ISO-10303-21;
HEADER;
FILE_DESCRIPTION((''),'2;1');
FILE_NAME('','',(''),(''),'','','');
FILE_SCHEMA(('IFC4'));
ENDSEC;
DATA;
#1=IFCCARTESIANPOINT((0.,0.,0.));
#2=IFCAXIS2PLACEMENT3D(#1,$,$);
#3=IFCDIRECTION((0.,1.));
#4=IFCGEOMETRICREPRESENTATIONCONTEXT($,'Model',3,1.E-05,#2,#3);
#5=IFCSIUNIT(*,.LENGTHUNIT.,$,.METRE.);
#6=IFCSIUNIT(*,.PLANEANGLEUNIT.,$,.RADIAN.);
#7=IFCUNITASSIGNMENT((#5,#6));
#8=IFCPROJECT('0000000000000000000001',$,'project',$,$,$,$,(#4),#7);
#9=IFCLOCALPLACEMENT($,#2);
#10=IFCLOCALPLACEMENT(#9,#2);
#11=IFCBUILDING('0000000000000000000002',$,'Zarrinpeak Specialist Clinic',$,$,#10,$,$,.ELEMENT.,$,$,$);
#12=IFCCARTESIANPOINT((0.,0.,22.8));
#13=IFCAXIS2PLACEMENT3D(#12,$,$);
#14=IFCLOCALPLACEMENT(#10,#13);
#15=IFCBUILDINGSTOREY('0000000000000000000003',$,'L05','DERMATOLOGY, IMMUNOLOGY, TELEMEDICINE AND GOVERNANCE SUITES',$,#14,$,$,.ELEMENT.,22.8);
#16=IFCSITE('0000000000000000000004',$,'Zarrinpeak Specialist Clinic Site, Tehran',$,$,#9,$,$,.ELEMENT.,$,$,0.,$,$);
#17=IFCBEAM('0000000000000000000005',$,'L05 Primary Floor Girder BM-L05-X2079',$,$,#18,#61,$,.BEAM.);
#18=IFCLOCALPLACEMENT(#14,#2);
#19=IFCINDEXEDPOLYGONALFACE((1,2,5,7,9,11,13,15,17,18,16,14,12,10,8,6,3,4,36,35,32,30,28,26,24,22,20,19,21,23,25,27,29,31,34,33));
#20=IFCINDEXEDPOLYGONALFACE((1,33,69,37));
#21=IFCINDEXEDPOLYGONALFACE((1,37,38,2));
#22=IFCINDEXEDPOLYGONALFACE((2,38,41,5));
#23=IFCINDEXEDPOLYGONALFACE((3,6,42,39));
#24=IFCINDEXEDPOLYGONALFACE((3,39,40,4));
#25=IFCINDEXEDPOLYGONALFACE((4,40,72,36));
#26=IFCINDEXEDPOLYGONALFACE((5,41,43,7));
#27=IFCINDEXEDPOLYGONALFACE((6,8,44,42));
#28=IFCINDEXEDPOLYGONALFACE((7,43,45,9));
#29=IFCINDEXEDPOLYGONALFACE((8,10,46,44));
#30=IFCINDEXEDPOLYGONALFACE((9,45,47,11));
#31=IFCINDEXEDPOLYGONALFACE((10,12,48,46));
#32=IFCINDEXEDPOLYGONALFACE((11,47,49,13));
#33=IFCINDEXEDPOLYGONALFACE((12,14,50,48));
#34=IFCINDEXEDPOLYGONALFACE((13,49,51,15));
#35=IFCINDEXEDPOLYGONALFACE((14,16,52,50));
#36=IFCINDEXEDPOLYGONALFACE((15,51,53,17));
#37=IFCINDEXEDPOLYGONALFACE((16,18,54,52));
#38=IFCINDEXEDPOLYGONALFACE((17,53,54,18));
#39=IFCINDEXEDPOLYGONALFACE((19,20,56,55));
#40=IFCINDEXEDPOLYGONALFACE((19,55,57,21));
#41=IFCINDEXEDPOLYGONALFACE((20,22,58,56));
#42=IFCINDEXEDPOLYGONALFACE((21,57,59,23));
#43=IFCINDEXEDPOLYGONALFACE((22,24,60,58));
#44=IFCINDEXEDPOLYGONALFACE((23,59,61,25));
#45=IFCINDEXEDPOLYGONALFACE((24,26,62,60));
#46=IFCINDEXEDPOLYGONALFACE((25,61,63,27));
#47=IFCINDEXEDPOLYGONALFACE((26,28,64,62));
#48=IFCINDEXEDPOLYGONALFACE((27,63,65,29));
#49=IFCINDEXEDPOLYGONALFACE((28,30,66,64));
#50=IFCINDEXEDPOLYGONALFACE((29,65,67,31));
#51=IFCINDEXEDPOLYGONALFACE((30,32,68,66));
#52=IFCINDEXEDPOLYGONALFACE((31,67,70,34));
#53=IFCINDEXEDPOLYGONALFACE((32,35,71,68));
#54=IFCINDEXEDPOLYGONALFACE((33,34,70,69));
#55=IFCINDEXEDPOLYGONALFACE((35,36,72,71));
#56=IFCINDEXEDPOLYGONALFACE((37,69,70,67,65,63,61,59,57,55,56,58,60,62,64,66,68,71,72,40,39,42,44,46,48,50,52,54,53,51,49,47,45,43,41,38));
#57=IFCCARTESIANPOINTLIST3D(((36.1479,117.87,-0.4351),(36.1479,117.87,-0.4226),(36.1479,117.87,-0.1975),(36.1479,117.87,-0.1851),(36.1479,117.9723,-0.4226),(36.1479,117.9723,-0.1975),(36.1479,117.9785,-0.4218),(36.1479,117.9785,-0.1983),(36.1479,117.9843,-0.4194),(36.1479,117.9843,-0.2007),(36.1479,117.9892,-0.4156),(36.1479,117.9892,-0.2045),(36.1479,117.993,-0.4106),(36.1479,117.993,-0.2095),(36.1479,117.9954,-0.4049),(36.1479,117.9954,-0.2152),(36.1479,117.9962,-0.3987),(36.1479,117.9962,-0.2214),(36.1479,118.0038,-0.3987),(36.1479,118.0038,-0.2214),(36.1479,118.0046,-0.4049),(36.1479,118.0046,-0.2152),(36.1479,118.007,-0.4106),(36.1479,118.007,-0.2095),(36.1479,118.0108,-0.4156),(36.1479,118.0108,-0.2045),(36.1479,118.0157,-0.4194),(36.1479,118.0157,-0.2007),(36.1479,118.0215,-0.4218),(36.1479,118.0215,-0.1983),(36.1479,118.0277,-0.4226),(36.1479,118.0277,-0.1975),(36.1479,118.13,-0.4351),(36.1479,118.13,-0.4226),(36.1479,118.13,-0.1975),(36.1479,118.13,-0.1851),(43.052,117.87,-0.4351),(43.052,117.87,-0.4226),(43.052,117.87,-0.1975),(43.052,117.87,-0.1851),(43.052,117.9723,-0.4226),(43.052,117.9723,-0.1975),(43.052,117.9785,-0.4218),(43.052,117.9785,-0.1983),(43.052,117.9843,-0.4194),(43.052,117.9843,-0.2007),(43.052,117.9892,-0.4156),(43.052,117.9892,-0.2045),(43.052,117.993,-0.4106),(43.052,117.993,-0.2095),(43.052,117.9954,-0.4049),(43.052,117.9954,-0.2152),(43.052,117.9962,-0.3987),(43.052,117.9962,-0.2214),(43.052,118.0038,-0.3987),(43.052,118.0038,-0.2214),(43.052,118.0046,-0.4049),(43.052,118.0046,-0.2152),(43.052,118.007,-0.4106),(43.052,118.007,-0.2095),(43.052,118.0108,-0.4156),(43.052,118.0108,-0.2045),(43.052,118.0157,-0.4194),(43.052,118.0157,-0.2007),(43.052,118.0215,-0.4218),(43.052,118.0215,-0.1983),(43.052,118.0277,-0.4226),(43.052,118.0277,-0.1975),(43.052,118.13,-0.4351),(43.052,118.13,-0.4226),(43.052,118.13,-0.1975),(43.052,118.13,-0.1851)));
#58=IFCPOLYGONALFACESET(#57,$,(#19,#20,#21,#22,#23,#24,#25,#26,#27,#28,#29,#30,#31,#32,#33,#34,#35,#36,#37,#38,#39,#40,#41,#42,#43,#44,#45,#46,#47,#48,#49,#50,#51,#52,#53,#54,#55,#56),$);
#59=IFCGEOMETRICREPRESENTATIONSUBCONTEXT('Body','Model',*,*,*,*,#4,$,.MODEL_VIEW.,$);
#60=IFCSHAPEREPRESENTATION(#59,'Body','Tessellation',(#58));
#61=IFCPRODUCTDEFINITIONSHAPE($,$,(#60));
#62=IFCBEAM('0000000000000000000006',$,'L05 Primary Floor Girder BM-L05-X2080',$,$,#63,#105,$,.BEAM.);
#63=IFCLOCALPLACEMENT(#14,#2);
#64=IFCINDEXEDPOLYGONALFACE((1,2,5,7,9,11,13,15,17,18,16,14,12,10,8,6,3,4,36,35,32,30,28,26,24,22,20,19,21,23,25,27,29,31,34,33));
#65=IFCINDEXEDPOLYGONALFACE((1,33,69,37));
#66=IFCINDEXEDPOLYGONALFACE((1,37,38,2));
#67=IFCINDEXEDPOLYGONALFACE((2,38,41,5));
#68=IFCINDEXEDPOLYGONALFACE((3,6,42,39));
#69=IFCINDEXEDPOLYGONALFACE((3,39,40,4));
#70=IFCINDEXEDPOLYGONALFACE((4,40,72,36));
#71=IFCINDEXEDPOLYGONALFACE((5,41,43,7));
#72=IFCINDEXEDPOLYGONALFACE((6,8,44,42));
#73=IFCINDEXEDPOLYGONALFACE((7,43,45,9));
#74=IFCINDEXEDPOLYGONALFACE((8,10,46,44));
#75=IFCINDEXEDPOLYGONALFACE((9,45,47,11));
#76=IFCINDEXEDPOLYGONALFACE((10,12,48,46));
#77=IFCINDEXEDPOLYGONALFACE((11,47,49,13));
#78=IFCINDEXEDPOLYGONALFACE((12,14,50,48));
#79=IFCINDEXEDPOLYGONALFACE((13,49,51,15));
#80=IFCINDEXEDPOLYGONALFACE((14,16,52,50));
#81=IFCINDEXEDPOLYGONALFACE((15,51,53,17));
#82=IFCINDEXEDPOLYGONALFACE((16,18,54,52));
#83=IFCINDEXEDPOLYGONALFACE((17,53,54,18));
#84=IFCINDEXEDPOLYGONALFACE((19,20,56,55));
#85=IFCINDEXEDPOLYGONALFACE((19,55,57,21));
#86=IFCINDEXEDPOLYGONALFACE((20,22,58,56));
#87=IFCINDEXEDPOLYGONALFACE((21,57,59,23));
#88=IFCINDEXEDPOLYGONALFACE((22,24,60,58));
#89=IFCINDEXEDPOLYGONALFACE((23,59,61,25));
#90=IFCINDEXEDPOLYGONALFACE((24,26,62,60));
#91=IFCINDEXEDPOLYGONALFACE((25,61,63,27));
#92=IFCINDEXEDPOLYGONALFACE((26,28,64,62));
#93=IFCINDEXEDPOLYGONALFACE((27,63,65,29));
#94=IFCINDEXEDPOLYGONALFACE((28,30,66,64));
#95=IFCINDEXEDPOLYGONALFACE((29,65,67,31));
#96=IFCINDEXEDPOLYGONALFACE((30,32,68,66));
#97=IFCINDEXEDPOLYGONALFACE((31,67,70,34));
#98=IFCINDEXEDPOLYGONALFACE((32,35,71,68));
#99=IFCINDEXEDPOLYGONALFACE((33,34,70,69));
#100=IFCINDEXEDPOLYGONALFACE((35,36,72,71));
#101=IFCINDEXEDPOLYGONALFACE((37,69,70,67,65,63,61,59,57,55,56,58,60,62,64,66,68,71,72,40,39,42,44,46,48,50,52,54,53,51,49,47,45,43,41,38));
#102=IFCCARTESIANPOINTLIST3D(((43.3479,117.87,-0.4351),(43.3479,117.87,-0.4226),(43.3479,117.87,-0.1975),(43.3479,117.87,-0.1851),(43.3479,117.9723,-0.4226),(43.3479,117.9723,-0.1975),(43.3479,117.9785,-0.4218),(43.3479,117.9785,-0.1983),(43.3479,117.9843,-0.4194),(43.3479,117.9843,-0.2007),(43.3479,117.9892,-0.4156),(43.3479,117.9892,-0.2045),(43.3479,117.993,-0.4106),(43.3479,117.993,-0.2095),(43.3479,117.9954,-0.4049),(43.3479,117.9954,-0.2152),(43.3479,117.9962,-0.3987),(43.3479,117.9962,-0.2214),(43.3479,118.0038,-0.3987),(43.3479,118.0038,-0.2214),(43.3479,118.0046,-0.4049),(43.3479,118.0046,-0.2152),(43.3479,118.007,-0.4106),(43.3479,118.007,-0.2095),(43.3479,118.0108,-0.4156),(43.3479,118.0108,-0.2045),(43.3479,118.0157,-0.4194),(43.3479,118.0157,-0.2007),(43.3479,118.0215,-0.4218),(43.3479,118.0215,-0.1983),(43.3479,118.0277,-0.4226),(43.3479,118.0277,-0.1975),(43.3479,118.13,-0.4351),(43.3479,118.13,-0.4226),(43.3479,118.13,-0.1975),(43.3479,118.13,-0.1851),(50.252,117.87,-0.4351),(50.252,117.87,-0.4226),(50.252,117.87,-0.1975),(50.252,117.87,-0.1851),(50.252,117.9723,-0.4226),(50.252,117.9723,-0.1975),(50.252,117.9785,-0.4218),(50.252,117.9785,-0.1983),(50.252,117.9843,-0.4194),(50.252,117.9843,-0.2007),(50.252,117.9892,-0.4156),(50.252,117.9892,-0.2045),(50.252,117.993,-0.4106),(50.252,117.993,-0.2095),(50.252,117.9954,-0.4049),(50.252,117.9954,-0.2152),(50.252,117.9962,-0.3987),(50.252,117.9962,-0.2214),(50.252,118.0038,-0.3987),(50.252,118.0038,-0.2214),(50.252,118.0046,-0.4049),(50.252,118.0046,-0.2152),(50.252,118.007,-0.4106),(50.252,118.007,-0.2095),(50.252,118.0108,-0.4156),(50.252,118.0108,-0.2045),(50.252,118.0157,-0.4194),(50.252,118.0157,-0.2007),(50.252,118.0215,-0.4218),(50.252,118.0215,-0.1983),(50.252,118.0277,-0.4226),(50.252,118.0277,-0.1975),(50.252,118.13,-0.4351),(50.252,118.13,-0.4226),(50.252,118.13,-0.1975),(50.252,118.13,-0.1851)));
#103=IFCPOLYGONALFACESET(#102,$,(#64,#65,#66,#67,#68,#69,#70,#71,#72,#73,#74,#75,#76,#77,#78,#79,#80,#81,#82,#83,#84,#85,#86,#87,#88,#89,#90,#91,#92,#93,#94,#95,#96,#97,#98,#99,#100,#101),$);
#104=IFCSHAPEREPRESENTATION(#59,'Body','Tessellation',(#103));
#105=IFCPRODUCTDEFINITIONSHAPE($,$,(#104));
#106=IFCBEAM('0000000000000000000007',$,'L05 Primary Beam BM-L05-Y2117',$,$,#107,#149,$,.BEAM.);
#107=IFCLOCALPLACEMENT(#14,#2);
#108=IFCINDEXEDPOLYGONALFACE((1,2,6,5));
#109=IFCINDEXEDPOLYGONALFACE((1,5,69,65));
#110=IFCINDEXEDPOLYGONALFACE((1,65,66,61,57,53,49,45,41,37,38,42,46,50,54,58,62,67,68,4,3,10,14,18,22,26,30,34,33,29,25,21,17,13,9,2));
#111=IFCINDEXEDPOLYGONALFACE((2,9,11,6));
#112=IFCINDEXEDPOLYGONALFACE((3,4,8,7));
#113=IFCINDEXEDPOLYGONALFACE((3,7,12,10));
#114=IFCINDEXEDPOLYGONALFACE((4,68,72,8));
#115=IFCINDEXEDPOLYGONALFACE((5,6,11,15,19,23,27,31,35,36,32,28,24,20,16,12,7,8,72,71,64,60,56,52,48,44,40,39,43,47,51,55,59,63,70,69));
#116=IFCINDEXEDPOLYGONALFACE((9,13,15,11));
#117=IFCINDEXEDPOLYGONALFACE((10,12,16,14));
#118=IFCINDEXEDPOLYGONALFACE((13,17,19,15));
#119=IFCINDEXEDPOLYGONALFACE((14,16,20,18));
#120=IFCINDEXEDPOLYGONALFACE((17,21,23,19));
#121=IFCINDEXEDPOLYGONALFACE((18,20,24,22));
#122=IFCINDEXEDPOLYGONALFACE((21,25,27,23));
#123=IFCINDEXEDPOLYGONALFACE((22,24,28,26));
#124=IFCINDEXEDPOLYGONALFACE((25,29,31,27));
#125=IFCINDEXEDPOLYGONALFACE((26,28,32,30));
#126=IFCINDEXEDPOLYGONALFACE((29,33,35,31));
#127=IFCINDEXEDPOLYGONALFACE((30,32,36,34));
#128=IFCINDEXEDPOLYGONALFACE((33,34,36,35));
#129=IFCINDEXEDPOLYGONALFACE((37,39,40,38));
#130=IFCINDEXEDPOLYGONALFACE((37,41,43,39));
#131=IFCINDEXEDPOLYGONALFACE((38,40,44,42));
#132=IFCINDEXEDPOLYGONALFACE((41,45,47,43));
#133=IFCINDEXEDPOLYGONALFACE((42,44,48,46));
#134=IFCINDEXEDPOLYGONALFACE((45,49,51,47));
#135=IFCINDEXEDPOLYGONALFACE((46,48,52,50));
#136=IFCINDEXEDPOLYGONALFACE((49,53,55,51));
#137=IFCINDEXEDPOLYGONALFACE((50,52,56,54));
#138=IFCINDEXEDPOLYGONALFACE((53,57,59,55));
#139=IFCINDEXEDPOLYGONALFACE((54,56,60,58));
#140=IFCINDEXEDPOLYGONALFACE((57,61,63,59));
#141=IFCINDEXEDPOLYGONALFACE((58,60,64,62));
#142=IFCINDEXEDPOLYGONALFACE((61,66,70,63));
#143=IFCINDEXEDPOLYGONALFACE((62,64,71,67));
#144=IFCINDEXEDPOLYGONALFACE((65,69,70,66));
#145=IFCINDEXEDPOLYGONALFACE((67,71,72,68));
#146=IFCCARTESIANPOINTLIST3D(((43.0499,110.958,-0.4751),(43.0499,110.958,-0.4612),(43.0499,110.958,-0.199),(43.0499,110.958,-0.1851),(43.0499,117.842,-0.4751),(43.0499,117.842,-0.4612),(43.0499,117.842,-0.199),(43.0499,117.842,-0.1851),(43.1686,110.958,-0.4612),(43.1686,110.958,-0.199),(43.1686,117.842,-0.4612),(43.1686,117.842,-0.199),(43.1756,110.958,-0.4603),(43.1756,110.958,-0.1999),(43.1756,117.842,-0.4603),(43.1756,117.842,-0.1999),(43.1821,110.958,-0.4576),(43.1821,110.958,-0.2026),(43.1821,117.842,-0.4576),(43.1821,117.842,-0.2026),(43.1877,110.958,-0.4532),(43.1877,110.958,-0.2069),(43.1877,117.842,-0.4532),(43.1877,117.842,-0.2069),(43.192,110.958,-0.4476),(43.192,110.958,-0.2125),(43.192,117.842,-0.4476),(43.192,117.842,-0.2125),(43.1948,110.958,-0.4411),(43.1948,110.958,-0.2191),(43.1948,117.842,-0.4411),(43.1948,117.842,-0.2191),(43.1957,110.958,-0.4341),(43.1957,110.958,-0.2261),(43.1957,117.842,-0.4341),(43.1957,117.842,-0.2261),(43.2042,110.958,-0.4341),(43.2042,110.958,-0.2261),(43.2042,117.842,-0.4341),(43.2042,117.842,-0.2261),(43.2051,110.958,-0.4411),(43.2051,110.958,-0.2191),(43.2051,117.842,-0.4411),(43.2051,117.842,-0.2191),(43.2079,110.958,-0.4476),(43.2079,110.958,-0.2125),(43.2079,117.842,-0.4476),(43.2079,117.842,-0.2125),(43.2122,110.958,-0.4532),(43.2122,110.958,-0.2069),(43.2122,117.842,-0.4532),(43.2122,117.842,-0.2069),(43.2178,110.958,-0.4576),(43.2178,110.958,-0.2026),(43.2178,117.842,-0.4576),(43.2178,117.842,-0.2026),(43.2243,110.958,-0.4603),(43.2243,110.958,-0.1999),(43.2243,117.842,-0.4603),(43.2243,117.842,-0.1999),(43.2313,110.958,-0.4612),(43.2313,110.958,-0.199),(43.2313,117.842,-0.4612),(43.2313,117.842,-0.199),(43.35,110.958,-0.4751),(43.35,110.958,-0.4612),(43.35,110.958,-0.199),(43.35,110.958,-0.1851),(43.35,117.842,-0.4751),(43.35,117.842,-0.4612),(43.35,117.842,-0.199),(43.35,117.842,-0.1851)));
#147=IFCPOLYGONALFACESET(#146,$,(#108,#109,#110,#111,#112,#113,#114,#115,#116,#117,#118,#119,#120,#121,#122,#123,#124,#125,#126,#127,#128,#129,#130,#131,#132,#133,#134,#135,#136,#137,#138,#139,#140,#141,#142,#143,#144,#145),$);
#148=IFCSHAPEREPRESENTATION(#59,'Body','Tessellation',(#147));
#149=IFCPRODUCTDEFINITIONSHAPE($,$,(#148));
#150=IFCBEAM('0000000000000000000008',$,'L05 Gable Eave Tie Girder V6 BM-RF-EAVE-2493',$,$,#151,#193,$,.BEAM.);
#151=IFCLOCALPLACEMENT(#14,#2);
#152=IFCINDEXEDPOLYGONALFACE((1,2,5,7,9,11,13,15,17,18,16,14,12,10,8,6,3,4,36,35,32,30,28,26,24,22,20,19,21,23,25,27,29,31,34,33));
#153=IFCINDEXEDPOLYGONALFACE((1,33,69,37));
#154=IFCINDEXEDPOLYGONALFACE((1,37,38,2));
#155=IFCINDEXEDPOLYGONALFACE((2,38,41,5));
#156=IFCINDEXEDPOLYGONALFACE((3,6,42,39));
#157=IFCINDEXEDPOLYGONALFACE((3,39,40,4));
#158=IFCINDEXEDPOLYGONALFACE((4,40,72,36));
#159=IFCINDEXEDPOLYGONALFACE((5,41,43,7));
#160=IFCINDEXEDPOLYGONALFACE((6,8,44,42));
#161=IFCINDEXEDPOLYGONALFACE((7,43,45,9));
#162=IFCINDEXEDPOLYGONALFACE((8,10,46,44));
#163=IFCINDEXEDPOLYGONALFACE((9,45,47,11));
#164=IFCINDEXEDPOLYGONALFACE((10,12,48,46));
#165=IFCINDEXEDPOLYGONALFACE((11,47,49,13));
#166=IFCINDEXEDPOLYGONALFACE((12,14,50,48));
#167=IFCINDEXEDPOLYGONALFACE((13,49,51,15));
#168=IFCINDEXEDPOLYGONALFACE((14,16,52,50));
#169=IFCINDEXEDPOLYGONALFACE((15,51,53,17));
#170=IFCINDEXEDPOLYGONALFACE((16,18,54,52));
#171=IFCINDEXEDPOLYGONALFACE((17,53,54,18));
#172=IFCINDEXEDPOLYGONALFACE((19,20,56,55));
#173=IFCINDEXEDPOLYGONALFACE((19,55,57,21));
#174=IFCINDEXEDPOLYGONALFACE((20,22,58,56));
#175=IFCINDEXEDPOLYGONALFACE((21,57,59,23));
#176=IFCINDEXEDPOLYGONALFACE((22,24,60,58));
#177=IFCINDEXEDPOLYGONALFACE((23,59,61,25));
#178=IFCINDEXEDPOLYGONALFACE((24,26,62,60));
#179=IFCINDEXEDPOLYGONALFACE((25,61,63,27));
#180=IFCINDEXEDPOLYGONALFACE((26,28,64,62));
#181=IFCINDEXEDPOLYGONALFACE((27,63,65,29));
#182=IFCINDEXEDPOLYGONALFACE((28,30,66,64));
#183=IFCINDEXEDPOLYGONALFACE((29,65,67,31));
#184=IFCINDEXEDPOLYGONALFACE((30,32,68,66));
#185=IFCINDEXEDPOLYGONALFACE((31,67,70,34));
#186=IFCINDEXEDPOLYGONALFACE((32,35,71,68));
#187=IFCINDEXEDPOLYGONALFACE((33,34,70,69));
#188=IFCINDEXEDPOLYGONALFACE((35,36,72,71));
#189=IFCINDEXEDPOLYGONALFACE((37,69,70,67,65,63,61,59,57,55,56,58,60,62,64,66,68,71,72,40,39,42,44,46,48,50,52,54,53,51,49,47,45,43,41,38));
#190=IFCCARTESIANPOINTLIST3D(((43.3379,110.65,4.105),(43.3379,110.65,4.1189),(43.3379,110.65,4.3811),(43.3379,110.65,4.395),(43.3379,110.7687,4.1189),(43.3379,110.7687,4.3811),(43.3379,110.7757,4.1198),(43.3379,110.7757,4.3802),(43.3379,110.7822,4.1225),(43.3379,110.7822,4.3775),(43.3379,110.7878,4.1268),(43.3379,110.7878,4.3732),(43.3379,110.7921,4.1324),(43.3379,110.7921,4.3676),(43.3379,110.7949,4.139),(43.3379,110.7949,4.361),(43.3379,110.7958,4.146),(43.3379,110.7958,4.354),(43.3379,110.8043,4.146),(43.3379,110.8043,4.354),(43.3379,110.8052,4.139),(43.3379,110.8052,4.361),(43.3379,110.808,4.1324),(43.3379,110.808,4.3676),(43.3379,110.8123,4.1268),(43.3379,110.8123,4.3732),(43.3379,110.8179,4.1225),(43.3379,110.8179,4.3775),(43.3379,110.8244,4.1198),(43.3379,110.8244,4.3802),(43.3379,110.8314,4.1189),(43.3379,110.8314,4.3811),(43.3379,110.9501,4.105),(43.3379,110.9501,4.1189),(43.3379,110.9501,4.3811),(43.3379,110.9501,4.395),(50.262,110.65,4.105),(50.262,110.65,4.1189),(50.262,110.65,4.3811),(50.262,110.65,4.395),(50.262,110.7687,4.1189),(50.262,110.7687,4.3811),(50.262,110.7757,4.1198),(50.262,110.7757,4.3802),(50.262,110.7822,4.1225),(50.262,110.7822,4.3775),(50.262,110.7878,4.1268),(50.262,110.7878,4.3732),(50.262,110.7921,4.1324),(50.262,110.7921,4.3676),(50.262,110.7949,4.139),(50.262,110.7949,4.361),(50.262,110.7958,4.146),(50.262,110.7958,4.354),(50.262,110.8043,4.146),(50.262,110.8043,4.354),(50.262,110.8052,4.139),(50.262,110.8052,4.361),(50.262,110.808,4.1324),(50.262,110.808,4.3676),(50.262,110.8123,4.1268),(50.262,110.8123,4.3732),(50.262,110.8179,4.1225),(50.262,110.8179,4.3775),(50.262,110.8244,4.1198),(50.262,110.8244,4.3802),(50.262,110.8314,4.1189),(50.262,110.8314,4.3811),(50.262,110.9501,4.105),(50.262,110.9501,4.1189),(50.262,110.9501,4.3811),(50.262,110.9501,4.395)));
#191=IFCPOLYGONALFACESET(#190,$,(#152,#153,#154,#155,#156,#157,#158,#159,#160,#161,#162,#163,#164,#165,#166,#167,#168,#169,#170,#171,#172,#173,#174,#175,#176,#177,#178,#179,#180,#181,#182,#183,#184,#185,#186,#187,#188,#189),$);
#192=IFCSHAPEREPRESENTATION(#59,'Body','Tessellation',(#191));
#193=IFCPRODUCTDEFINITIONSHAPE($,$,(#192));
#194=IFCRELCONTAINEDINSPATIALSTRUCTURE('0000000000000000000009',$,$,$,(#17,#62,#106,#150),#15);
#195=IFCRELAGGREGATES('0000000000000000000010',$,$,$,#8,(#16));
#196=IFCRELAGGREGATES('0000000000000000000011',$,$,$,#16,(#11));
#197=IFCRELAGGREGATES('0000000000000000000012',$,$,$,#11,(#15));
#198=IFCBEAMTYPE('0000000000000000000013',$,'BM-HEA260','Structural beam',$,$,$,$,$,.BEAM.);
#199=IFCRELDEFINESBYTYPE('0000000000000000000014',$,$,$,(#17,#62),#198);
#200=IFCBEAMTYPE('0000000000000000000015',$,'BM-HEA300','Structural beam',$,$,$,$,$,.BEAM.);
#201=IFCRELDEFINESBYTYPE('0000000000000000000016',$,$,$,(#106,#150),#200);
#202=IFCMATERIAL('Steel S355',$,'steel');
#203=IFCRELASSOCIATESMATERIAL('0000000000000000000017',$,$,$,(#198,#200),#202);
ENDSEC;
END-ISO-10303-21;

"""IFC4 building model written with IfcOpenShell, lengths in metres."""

from ifc_helpers import new_model, si_unit, direction, frame, origin, origin_2d, place, context, subcontext, project, spatial, i_section, extrude, material, material_profile, profile_set, type_object, element, save


model = new_model("IFC4")

# Units and contexts
model_context = context("Model", 3, precision=1e-05, world=origin(), true_north=direction((0.0, 1.0)))
body_context = subcontext(model_context, "Body", "Model", "MODEL_VIEW")
ifc_project = project(units=[si_unit("LENGTHUNIT", "METRE"), si_unit("PLANEANGLEUNIT", "RADIAN")], contexts=[model_context])

# Site, building, storey
site_placement = place(None, origin())
site = spatial("IfcSite", under=ifc_project, at=site_placement, Name="Zarrinpeak Specialist Clinic Site, Tehran", CompositionType="ELEMENT", RefElevation=0.0)
building_placement = place(site_placement, origin())
building = spatial("IfcBuilding", under=site, at=building_placement, Name="Zarrinpeak Specialist Clinic", CompositionType="ELEMENT")
storey_placement = place(building_placement, frame((0.0, 0.0, 22.8)))
storey = spatial("IfcBuildingStorey", under=building, at=storey_placement, Name="L05", Description="DERMATOLOGY, IMMUNOLOGY, TELEMEDICINE AND GOVERNANCE SUITES", CompositionType="ELEMENT", Elevation=22.8)

# Shared definitions
ifc_material_1 = material(Name="Steel S355", Category="steel")

# Beams
ifc_material_profile_1 = material_profile(ifc_material_1, i_section(OverallWidth=0.26, OverallDepth=0.25, WebThickness=0.0076, FlangeThickness=0.0125, FilletRadius=0.0239, at=origin_2d()), Name="HEA 260")
ifc_profile_set_1 = profile_set([ifc_material_profile_1], Name="Steel S355")
beam_type_1 = type_object("IfcBeamType", Name="BM-HEA260", Description="Structural beam", PredefinedType="BEAM", material=ifc_profile_set_1)
for number, where, z_axis, x_axis, name in (
    (1, (36.1479, 118.0, -0.3101), (1.0, 0.0, 0.0), (0.0, 1.0, 0.0), "L05 Primary Floor Girder BM-L05-X2079"),
    (2, (43.3479, 118.0, -0.3101), (1.0, 0.0, 0.0), (0.0, 1.0, 0.0), "L05 Primary Floor Girder BM-L05-X2080"),
):
    element("IfcBeam", number, at=place(storey_placement, frame(where, z_axis=z_axis, x_axis=x_axis)), inside=storey, type_object=beam_type_1, Name=name, PredefinedType="BEAM", context=body_context, shape_type="SweptSolid", body=[
        extrude(i_section(OverallWidth=0.26, OverallDepth=0.25, WebThickness=0.0076, FlangeThickness=0.0125, FilletRadius=0.0239, at=origin_2d()), origin(), (0.0, 0.0, 1.0), 6.9041),
    ])
ifc_material_profile_2 = material_profile(ifc_material_1, i_section(OverallWidth=0.3, OverallDepth=0.29, WebThickness=0.0085, FlangeThickness=0.0139, FilletRadius=0.0271, at=origin_2d()), Name="HEA 300")
ifc_profile_set_2 = profile_set([ifc_material_profile_2], Name="Steel S355")
beam_type_2 = type_object("IfcBeamType", Name="BM-HEA300", Description="Structural beam", PredefinedType="BEAM", material=ifc_profile_set_2)
beam_placement = place(storey_placement, frame((43.2, 110.958, -0.3301), z_axis=(0.0, 1.0, 0.0), x_axis=(-1.0, 0.0, 0.0)))
element("IfcBeam", 3, at=beam_placement, inside=storey, type_object=beam_type_2, Name="L05 Primary Beam BM-L05-Y2117", PredefinedType="BEAM", context=body_context, shape_type="SweptSolid", body=[
    extrude(i_section(OverallWidth=0.3, OverallDepth=0.29, WebThickness=0.0085, FlangeThickness=0.0139, FilletRadius=0.0271, at=origin_2d()), origin(), (0.0, 0.0, 1.0), 6.884),
])
for number, where, z_axis, x_axis, name in (
    (4, (43.3379, 110.8, 4.25), (1.0, 0.0, 0.0), (0.0, 1.0, 0.0), "L05 Gable Eave Tie Girder V6 BM-RF-EAVE-2493"),
):
    element("IfcBeam", number, at=place(storey_placement, frame(where, z_axis=z_axis, x_axis=x_axis)), inside=storey, type_object=beam_type_2, Name=name, PredefinedType="BEAM", context=body_context, shape_type="SweptSolid", body=[
        extrude(i_section(OverallWidth=0.3, OverallDepth=0.29, WebThickness=0.0085, FlangeThickness=0.0139, FilletRadius=0.0271, at=origin_2d()), origin(), (0.0, 0.0, 1.0), 6.9241),
    ])

save(model, "model.ifc")
